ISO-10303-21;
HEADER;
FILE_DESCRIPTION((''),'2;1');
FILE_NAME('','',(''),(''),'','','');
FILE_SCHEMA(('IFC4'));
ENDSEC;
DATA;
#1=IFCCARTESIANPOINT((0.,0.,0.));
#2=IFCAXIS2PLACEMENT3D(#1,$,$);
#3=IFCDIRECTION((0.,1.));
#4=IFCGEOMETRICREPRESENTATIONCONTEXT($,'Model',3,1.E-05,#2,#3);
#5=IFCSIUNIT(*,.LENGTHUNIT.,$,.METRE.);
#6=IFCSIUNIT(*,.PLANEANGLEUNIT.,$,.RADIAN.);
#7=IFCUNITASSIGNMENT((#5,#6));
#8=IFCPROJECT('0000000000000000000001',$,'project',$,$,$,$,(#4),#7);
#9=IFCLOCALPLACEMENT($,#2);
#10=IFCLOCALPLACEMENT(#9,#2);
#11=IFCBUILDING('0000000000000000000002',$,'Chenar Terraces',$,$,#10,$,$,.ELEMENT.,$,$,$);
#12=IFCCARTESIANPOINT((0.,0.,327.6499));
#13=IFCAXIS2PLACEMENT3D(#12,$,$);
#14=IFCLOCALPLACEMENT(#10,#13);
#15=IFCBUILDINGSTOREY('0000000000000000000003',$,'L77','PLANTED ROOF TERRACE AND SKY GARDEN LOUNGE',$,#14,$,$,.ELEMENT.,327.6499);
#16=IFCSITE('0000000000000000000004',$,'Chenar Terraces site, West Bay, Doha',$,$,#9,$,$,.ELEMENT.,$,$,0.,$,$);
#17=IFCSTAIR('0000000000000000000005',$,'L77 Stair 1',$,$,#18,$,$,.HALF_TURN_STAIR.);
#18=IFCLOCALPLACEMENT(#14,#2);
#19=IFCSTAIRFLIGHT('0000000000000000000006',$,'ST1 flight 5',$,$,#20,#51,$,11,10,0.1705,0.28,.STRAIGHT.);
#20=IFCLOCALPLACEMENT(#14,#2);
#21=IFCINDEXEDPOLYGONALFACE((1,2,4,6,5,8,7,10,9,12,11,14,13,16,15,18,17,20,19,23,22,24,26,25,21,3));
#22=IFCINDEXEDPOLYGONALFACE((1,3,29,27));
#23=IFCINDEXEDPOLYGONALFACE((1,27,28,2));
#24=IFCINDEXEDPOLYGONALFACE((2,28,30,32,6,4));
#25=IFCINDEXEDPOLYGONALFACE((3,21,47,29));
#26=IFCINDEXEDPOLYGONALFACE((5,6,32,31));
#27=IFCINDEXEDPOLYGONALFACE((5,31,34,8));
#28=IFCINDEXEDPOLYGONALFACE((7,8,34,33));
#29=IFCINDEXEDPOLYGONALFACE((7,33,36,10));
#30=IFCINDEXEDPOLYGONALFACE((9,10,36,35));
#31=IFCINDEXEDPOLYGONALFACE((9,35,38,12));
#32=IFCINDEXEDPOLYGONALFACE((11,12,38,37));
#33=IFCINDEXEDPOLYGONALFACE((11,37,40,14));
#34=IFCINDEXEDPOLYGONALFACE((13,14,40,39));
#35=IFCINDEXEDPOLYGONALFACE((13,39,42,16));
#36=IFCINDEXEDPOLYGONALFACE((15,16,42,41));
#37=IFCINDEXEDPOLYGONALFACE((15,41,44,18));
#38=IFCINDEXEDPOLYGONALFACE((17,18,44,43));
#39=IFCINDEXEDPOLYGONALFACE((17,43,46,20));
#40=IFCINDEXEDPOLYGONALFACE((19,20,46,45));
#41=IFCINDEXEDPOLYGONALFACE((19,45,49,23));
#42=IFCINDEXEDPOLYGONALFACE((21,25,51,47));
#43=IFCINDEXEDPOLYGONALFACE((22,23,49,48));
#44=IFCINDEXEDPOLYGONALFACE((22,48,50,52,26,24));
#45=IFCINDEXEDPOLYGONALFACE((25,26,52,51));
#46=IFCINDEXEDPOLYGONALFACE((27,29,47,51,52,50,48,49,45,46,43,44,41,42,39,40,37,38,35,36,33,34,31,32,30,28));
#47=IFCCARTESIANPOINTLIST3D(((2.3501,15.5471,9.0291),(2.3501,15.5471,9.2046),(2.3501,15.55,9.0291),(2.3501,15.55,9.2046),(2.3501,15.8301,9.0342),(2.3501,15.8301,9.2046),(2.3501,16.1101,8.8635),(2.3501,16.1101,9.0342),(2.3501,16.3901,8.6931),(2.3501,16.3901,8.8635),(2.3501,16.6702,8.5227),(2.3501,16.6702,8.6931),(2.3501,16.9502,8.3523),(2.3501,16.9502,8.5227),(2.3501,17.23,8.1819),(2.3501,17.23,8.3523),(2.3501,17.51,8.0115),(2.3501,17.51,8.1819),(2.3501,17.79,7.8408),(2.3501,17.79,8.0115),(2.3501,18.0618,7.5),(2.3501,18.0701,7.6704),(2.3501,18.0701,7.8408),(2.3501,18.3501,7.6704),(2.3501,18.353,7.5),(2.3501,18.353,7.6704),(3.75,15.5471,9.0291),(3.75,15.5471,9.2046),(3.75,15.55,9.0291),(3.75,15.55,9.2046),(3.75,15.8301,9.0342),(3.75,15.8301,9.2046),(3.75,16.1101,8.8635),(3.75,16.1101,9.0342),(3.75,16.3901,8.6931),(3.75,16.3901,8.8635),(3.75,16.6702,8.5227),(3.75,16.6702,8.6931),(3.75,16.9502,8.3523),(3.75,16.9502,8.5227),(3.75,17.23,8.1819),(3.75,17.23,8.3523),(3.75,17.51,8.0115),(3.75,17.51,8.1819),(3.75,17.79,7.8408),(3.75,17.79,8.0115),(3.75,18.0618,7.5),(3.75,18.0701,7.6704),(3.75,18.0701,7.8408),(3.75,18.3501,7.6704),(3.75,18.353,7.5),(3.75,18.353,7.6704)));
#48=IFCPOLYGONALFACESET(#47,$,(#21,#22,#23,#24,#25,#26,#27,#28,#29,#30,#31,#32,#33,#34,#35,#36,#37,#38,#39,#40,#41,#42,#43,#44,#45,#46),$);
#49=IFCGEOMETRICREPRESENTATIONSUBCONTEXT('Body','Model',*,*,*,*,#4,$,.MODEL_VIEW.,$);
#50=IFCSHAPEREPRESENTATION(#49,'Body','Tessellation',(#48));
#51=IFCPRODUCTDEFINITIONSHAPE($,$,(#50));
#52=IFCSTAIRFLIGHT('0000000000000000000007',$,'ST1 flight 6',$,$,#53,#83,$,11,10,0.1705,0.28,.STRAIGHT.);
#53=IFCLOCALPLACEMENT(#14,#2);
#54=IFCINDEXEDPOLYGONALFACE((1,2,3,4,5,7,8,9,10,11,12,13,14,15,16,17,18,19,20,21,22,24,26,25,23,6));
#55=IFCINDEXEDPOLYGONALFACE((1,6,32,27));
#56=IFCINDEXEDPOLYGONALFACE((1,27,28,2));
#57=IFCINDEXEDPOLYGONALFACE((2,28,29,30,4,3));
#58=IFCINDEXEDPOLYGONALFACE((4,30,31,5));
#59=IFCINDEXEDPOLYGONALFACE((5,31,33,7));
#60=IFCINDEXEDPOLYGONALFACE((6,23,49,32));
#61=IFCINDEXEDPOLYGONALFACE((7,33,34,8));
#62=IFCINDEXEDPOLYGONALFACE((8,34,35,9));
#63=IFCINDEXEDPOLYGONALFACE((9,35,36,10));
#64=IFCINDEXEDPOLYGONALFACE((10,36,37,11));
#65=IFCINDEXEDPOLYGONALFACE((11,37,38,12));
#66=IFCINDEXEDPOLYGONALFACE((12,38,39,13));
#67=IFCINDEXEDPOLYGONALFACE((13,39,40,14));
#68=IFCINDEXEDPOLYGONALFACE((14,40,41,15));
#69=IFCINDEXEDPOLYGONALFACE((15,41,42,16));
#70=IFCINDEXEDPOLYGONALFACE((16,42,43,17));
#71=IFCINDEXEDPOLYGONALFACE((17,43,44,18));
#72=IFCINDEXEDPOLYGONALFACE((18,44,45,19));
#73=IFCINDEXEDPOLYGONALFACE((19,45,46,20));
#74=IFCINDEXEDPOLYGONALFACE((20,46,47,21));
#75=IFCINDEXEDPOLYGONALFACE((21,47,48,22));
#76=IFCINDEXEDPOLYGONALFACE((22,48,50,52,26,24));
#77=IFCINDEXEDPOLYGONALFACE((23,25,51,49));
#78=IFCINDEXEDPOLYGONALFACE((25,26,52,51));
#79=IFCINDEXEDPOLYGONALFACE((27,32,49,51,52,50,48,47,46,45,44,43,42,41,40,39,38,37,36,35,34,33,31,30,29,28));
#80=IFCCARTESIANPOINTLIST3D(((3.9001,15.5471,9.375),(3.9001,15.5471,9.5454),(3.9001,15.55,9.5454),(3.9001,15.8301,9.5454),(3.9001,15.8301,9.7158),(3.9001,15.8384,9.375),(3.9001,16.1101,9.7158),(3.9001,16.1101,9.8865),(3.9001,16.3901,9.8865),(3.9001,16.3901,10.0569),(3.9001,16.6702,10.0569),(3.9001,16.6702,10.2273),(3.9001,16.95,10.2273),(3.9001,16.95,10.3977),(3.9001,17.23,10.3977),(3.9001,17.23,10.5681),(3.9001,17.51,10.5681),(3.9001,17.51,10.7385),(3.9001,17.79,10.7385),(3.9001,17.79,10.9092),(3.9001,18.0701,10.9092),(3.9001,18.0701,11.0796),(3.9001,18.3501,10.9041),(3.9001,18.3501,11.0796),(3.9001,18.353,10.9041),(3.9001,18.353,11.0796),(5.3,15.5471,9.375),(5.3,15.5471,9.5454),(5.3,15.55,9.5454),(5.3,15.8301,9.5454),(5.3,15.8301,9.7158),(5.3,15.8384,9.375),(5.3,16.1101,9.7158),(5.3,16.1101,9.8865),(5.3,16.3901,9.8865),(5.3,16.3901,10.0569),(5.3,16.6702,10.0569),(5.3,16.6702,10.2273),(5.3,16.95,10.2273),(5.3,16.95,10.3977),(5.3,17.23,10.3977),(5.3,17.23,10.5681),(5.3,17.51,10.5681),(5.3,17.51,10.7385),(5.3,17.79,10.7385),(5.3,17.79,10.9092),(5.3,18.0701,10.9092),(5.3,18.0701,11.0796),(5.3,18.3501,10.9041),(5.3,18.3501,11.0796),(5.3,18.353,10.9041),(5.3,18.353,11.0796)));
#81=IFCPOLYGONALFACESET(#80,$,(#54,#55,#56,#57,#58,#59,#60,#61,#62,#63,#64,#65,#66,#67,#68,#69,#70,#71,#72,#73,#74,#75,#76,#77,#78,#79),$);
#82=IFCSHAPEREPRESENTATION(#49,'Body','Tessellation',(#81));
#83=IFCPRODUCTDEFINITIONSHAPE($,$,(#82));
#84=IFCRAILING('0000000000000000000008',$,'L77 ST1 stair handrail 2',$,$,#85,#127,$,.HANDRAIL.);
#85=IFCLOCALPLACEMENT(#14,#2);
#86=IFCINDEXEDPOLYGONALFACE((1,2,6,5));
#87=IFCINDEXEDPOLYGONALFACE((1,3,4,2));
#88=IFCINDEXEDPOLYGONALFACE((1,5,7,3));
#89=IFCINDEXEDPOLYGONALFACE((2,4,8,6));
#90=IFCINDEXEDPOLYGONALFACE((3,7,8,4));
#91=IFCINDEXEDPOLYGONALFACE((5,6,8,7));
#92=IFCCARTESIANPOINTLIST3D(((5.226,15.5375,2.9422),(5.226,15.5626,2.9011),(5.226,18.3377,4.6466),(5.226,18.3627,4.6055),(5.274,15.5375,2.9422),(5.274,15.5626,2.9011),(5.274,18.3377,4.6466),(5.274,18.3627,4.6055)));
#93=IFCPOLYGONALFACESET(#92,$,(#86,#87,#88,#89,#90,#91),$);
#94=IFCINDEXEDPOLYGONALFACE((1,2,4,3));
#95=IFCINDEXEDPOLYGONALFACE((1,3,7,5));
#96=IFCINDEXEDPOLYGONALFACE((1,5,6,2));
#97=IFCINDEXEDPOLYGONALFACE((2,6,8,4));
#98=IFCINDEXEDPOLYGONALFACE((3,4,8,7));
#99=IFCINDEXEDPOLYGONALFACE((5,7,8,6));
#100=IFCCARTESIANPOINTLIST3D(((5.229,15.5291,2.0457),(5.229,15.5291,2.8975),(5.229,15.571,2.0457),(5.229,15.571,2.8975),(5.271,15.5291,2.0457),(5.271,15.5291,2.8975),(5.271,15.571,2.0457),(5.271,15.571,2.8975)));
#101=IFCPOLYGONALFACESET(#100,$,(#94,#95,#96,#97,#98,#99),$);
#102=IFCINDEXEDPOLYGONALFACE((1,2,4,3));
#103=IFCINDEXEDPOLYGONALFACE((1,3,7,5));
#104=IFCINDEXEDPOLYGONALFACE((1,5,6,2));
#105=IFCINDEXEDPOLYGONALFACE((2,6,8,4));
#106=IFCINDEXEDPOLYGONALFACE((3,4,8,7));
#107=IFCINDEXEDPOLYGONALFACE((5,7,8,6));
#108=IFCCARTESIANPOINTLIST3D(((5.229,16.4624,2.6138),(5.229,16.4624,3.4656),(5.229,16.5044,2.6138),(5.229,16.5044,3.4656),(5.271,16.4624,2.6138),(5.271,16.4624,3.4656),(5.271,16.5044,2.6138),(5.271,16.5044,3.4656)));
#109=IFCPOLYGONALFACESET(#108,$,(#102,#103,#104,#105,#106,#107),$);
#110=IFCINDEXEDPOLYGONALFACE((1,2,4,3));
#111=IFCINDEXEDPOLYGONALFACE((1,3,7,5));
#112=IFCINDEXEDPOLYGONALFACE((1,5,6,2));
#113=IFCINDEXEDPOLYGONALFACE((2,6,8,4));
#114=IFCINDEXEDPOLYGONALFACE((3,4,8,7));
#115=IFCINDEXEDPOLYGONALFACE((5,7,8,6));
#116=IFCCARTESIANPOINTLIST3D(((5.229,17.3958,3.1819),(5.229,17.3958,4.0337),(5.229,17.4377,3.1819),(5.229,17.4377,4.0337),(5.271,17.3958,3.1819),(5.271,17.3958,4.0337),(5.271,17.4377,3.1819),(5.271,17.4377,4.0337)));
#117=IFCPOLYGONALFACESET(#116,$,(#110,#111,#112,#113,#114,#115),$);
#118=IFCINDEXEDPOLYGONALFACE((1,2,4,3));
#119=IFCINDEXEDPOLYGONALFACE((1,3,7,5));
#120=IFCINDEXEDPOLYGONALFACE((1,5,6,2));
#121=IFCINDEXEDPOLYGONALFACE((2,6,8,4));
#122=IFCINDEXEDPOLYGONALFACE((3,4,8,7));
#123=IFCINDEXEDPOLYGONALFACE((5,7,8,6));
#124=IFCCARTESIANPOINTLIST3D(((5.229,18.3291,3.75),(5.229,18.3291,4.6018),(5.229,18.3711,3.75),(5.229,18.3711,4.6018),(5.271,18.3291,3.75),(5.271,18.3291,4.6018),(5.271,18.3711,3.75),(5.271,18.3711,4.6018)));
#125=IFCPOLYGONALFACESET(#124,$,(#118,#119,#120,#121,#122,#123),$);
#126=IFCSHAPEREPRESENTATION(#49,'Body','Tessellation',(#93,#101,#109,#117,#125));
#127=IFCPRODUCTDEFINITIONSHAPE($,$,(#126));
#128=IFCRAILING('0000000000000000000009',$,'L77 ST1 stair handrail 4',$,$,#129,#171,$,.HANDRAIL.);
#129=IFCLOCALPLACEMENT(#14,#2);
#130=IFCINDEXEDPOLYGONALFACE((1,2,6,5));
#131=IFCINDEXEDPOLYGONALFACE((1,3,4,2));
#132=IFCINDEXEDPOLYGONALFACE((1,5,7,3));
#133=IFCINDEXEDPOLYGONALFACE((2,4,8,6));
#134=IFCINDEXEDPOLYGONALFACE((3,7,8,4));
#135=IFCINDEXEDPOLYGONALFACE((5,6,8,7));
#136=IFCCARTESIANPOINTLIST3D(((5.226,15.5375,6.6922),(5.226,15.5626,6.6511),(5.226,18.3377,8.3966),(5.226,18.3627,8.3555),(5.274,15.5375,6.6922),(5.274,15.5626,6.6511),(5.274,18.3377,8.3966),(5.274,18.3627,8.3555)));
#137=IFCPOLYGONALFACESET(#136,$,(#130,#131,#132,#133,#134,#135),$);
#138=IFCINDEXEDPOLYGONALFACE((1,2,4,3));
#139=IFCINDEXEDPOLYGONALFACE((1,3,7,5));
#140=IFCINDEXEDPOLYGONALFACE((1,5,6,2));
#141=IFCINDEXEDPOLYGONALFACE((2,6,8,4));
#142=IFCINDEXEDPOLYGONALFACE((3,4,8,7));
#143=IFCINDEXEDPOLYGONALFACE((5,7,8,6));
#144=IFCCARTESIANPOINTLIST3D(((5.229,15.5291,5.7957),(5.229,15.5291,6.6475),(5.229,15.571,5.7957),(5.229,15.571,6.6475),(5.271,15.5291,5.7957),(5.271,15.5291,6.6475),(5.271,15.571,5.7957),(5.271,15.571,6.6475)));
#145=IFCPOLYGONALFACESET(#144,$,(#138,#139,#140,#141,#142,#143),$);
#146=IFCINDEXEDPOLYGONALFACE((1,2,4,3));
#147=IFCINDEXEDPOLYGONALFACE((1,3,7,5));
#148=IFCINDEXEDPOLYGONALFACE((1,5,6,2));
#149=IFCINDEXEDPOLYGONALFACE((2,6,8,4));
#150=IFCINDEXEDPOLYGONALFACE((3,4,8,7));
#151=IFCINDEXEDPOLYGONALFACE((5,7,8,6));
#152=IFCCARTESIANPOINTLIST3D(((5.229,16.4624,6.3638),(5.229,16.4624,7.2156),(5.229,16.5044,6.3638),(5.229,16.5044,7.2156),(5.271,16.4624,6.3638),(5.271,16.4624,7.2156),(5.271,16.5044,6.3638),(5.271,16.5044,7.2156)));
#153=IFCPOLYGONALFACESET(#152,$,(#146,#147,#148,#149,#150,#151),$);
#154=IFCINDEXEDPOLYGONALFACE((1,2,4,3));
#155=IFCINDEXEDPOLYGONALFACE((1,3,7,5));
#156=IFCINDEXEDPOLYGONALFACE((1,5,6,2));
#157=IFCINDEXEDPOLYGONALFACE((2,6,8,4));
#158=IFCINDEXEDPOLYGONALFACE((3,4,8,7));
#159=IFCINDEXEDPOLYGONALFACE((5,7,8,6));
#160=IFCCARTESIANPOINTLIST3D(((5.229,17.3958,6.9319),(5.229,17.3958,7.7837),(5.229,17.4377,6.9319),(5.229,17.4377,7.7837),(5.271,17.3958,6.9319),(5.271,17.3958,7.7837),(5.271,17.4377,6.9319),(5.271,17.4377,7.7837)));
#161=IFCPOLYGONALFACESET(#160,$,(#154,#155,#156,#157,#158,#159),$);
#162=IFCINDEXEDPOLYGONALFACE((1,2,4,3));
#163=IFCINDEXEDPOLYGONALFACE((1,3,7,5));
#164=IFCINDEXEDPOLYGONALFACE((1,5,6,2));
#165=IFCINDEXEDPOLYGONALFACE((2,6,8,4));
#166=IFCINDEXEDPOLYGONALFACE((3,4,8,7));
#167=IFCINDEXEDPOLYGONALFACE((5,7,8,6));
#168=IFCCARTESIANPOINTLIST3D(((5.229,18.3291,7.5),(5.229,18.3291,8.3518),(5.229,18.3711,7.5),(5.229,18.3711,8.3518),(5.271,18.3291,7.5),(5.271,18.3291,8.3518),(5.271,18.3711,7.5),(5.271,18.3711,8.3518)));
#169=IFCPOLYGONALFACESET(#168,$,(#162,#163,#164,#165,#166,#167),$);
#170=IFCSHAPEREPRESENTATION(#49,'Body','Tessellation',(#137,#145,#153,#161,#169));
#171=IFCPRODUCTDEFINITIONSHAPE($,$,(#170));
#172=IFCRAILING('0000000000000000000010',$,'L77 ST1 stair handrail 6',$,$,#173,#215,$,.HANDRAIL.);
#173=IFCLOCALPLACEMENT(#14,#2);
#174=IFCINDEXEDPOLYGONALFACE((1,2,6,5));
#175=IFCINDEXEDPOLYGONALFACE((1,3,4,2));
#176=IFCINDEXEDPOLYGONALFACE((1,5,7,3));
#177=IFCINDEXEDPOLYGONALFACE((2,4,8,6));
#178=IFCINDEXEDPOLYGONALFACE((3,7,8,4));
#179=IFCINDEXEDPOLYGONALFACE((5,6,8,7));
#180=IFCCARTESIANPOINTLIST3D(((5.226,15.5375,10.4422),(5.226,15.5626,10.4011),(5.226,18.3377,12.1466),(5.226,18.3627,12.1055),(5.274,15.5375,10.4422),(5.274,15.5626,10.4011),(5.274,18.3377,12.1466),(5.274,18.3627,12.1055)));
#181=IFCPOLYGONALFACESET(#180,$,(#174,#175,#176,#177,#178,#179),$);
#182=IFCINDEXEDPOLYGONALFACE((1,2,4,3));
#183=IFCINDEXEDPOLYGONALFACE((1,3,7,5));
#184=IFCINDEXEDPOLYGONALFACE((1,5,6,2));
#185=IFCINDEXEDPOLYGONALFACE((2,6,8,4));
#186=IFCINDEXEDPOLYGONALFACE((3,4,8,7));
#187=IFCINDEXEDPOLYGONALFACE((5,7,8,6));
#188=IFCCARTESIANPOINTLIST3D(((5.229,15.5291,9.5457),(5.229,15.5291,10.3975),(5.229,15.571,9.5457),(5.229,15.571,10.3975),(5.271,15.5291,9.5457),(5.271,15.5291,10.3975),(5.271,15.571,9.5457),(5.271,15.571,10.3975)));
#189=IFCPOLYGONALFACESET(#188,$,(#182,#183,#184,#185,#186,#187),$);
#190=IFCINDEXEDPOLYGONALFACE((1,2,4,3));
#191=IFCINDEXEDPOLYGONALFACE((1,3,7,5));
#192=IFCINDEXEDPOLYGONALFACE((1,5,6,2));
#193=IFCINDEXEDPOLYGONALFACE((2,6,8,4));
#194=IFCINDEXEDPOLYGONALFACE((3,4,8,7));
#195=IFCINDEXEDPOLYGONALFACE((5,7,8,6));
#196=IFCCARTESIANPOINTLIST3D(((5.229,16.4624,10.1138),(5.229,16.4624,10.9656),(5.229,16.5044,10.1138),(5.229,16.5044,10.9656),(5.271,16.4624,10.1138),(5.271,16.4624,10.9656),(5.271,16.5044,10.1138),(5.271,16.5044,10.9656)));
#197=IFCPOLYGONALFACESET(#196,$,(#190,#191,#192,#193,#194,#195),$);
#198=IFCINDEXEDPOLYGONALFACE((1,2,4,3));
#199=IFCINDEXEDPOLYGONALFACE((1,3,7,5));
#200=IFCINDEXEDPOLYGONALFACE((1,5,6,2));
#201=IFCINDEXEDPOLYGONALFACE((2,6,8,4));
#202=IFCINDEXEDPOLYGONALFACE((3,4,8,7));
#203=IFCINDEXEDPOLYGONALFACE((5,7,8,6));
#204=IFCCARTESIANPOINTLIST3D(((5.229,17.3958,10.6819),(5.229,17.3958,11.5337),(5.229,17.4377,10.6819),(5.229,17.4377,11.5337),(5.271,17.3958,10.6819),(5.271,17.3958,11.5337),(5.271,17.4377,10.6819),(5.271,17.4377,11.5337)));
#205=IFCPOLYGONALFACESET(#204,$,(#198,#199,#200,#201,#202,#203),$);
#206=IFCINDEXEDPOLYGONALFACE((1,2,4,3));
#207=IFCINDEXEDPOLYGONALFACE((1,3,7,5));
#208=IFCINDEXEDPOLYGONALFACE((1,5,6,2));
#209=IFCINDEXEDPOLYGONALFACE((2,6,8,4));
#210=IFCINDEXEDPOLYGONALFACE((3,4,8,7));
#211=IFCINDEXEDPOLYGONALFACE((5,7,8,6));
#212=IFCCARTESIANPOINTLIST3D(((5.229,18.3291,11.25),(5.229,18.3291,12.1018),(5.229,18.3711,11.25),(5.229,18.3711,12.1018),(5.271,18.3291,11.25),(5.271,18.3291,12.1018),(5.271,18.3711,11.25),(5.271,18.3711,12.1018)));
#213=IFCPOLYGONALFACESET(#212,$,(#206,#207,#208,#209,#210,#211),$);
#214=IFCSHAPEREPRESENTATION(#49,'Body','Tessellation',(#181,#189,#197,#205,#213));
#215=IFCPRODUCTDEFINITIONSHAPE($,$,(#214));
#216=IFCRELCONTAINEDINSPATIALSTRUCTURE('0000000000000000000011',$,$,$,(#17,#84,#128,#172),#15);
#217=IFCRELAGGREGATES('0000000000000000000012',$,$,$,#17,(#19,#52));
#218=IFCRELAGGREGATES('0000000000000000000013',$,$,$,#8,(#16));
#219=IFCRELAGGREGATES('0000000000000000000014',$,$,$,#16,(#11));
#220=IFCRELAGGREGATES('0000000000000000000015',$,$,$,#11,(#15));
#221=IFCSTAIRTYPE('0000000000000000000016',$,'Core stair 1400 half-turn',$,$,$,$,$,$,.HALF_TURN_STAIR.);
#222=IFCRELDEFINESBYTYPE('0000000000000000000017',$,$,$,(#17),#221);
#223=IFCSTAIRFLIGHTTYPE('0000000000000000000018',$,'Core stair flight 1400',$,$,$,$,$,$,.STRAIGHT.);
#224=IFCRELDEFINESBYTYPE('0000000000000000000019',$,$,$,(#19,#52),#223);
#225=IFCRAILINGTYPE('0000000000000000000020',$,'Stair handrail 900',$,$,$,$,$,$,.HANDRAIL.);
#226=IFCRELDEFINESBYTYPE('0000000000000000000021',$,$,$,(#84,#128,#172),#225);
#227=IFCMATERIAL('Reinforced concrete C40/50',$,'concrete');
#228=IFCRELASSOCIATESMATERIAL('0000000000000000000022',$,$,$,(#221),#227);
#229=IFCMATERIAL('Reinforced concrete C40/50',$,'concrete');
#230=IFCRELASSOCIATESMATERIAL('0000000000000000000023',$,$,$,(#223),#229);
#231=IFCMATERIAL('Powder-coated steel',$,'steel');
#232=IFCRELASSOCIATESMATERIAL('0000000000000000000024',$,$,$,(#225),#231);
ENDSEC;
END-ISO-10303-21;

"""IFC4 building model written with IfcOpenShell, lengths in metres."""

from ifc_helpers import new_model, si_unit, direction, frame, origin, origin_2d, place, context, subcontext, project, spatial, polyline, rectangle, outline, extrude, material, type_object, element, aggregate, save


model = new_model("IFC4")

# Units and contexts
model_context = context("Model", 3, precision=1e-05, world=origin(), true_north=direction((0.0, 1.0)))
body_context = subcontext(model_context, "Body", "Model", "MODEL_VIEW")
ifc_project = project(units=[si_unit("LENGTHUNIT", "METRE"), si_unit("PLANEANGLEUNIT", "RADIAN")], contexts=[model_context])

# Site, building, storey
site_placement = place(None, origin())
site = spatial("IfcSite", under=ifc_project, at=site_placement, Name="Chenar Terraces site, West Bay, Doha", CompositionType="ELEMENT", RefElevation=0.0)
building_placement = place(site_placement, origin())
building = spatial("IfcBuilding", under=site, at=building_placement, Name="Chenar Terraces", CompositionType="ELEMENT")
storey_placement = place(building_placement, frame((0.0, 0.0, 327.6499)))
storey = spatial("IfcBuildingStorey", under=building, at=storey_placement, Name="L77", Description="PLANTED ROOF TERRACE AND SKY GARDEN LOUNGE", CompositionType="ELEMENT", Elevation=327.6499)

# Stair, stair flights
ifc_material_1 = material(Name="Reinforced concrete C40/50", Category="concrete")
stair_type = type_object("IfcStairType", Name="Core stair 1400 half-turn", PredefinedType="HALF_TURN_STAIR", material=ifc_material_1)
stair_placement = place(storey_placement, origin())
stair = element("IfcStair", 1, at=stair_placement, inside=storey, type_object=stair_type, Name="L77 Stair 1", PredefinedType="HALF_TURN_STAIR")
ifc_material_2 = material(Name="Reinforced concrete C40/50", Category="concrete")
stair_flight_type = type_object("IfcStairFlightType", Name="Core stair flight 1400", PredefinedType="STRAIGHT", material=ifc_material_2)
stair_flight_1_placement = place(storey_placement, frame((3.05, 18.3501, 7.5), z_axis=(0.0, 0.0, 1.0), x_axis=(0.0, -1.0, 0.0)))
stair_flight_1 = element("IfcStairFlight", 2, at=stair_flight_1_placement, type_object=stair_flight_type, Name="ST1 flight 5", NumberOfRisers=11, NumberOfTreads=10, PredefinedType="STRAIGHT", RiserHeight=0.1705, TreadLength=0.28, context=body_context, shape_type="SweptSolid", body=[
    extrude(outline(polyline([(-0.0029, 0.0), (-0.0029, 0.1704), (0.0, 0.1704), (0.28, 0.1704), (0.28, 0.3408), (0.5601, 0.3408), (0.5601, 0.5115), (0.8401, 0.5115), (0.8401, 0.6819), (1.1201, 0.6819), (1.1201, 0.8523), (1.3999, 0.8523), (1.3999, 1.0227), (1.6799, 1.0227), (1.6799, 1.1931), (1.96, 1.1931), (1.96, 1.3635), (2.24, 1.3635), (2.24, 1.5342), (2.52, 1.5342), (2.52, 1.7046), (2.8, 1.7046), (2.803, 1.7046), (2.803, 1.5291), (2.8, 1.5291), (0.2883, 0.0), (-0.0029, 0.0)])), frame((0.0, 0.7, 0.0), z_axis=(0.0, -1.0, 0.0), x_axis=(1.0, 0.0, 0.0)), (0.0, 0.0, 1.0), 1.3999),
])
stair_flight_2_placement = place(storey_placement, frame((4.6001, 15.55, 9.375), z_axis=(0.0, 0.0, 1.0), x_axis=(0.0, 1.0, 0.0)))
stair_flight_2 = element("IfcStairFlight", 3, at=stair_flight_2_placement, type_object=stair_flight_type, Name="ST1 flight 6", NumberOfRisers=11, NumberOfTreads=10, PredefinedType="STRAIGHT", RiserHeight=0.1705, TreadLength=0.28, context=body_context, shape_type="SweptSolid", body=[
    extrude(outline(polyline([(-0.0029, 0.0), (-0.0029, 0.1704), (0.0, 0.1704), (0.28, 0.1704), (0.28, 0.3408), (0.5601, 0.3408), (0.5601, 0.5115), (0.8401, 0.5115), (0.8401, 0.6819), (1.1201, 0.6819), (1.1201, 0.8523), (1.3999, 0.8523), (1.3999, 1.0227), (1.6799, 1.0227), (1.6799, 1.1931), (1.96, 1.1931), (1.96, 1.3635), (2.24, 1.3635), (2.24, 1.5342), (2.52, 1.5342), (2.52, 1.7046), (2.8, 1.7046), (2.803, 1.7046), (2.803, 1.5291), (2.8, 1.5291), (0.2883, 0.0), (-0.0029, 0.0)])), frame((0.0, 0.7, 0.0), z_axis=(0.0, -1.0, 0.0), x_axis=(1.0, 0.0, 0.0)), (0.0, 0.0, 1.0), 1.3999),
])
aggregate(stair, [stair_flight_1, stair_flight_2])

# Railings
ifc_material_3 = material(Name="Powder-coated steel", Category="steel")
railing_type_1 = type_object("IfcRailingType", Name="Stair handrail 900", PredefinedType="HANDRAIL", material=ifc_material_3)
for number, where, name in (
    (4, (5.25, 15.55, 2.0457), "L77 ST1 stair handrail 2"),
    (5, (5.25, 15.55, 5.7957), "L77 ST1 stair handrail 4"),
    (6, (5.25, 15.55, 9.5457), "L77 ST1 stair handrail 6"),
):
    element("IfcRailing", number, at=place(storey_placement, frame(where)), inside=storey, type_object=railing_type_1, Name=name, PredefinedType="HANDRAIL", context=body_context, shape_type="SweptSolid", body=[
        extrude(rectangle(XDim=0.0481, YDim=0.0481, at=origin_2d()), frame((0.0, 0.0, 0.876), z_axis=(0.0, 0.854203, 0.51994), x_axis=(-1.0, 0.0, 0.0)), (0.0, 0.0, 1.0), 3.2781),
        extrude(rectangle(XDim=0.042, YDim=0.042, at=origin_2d()), origin(), (0.0, 0.0, 1.0), 0.8518),
        extrude(rectangle(XDim=0.042, YDim=0.042, at=origin_2d()), frame((0.0, 0.9333, 0.5681)), (0.0, 0.0, 1.0), 0.8518),
        extrude(rectangle(XDim=0.042, YDim=0.042, at=origin_2d()), frame((0.0, 1.8667, 1.1362)), (0.0, 0.0, 1.0), 0.8518),
        extrude(rectangle(XDim=0.042, YDim=0.042, at=origin_2d()), frame((0.0, 2.8, 1.7043)), (0.0, 0.0, 1.0), 0.8518),
    ])

save(model, "model.ifc")
